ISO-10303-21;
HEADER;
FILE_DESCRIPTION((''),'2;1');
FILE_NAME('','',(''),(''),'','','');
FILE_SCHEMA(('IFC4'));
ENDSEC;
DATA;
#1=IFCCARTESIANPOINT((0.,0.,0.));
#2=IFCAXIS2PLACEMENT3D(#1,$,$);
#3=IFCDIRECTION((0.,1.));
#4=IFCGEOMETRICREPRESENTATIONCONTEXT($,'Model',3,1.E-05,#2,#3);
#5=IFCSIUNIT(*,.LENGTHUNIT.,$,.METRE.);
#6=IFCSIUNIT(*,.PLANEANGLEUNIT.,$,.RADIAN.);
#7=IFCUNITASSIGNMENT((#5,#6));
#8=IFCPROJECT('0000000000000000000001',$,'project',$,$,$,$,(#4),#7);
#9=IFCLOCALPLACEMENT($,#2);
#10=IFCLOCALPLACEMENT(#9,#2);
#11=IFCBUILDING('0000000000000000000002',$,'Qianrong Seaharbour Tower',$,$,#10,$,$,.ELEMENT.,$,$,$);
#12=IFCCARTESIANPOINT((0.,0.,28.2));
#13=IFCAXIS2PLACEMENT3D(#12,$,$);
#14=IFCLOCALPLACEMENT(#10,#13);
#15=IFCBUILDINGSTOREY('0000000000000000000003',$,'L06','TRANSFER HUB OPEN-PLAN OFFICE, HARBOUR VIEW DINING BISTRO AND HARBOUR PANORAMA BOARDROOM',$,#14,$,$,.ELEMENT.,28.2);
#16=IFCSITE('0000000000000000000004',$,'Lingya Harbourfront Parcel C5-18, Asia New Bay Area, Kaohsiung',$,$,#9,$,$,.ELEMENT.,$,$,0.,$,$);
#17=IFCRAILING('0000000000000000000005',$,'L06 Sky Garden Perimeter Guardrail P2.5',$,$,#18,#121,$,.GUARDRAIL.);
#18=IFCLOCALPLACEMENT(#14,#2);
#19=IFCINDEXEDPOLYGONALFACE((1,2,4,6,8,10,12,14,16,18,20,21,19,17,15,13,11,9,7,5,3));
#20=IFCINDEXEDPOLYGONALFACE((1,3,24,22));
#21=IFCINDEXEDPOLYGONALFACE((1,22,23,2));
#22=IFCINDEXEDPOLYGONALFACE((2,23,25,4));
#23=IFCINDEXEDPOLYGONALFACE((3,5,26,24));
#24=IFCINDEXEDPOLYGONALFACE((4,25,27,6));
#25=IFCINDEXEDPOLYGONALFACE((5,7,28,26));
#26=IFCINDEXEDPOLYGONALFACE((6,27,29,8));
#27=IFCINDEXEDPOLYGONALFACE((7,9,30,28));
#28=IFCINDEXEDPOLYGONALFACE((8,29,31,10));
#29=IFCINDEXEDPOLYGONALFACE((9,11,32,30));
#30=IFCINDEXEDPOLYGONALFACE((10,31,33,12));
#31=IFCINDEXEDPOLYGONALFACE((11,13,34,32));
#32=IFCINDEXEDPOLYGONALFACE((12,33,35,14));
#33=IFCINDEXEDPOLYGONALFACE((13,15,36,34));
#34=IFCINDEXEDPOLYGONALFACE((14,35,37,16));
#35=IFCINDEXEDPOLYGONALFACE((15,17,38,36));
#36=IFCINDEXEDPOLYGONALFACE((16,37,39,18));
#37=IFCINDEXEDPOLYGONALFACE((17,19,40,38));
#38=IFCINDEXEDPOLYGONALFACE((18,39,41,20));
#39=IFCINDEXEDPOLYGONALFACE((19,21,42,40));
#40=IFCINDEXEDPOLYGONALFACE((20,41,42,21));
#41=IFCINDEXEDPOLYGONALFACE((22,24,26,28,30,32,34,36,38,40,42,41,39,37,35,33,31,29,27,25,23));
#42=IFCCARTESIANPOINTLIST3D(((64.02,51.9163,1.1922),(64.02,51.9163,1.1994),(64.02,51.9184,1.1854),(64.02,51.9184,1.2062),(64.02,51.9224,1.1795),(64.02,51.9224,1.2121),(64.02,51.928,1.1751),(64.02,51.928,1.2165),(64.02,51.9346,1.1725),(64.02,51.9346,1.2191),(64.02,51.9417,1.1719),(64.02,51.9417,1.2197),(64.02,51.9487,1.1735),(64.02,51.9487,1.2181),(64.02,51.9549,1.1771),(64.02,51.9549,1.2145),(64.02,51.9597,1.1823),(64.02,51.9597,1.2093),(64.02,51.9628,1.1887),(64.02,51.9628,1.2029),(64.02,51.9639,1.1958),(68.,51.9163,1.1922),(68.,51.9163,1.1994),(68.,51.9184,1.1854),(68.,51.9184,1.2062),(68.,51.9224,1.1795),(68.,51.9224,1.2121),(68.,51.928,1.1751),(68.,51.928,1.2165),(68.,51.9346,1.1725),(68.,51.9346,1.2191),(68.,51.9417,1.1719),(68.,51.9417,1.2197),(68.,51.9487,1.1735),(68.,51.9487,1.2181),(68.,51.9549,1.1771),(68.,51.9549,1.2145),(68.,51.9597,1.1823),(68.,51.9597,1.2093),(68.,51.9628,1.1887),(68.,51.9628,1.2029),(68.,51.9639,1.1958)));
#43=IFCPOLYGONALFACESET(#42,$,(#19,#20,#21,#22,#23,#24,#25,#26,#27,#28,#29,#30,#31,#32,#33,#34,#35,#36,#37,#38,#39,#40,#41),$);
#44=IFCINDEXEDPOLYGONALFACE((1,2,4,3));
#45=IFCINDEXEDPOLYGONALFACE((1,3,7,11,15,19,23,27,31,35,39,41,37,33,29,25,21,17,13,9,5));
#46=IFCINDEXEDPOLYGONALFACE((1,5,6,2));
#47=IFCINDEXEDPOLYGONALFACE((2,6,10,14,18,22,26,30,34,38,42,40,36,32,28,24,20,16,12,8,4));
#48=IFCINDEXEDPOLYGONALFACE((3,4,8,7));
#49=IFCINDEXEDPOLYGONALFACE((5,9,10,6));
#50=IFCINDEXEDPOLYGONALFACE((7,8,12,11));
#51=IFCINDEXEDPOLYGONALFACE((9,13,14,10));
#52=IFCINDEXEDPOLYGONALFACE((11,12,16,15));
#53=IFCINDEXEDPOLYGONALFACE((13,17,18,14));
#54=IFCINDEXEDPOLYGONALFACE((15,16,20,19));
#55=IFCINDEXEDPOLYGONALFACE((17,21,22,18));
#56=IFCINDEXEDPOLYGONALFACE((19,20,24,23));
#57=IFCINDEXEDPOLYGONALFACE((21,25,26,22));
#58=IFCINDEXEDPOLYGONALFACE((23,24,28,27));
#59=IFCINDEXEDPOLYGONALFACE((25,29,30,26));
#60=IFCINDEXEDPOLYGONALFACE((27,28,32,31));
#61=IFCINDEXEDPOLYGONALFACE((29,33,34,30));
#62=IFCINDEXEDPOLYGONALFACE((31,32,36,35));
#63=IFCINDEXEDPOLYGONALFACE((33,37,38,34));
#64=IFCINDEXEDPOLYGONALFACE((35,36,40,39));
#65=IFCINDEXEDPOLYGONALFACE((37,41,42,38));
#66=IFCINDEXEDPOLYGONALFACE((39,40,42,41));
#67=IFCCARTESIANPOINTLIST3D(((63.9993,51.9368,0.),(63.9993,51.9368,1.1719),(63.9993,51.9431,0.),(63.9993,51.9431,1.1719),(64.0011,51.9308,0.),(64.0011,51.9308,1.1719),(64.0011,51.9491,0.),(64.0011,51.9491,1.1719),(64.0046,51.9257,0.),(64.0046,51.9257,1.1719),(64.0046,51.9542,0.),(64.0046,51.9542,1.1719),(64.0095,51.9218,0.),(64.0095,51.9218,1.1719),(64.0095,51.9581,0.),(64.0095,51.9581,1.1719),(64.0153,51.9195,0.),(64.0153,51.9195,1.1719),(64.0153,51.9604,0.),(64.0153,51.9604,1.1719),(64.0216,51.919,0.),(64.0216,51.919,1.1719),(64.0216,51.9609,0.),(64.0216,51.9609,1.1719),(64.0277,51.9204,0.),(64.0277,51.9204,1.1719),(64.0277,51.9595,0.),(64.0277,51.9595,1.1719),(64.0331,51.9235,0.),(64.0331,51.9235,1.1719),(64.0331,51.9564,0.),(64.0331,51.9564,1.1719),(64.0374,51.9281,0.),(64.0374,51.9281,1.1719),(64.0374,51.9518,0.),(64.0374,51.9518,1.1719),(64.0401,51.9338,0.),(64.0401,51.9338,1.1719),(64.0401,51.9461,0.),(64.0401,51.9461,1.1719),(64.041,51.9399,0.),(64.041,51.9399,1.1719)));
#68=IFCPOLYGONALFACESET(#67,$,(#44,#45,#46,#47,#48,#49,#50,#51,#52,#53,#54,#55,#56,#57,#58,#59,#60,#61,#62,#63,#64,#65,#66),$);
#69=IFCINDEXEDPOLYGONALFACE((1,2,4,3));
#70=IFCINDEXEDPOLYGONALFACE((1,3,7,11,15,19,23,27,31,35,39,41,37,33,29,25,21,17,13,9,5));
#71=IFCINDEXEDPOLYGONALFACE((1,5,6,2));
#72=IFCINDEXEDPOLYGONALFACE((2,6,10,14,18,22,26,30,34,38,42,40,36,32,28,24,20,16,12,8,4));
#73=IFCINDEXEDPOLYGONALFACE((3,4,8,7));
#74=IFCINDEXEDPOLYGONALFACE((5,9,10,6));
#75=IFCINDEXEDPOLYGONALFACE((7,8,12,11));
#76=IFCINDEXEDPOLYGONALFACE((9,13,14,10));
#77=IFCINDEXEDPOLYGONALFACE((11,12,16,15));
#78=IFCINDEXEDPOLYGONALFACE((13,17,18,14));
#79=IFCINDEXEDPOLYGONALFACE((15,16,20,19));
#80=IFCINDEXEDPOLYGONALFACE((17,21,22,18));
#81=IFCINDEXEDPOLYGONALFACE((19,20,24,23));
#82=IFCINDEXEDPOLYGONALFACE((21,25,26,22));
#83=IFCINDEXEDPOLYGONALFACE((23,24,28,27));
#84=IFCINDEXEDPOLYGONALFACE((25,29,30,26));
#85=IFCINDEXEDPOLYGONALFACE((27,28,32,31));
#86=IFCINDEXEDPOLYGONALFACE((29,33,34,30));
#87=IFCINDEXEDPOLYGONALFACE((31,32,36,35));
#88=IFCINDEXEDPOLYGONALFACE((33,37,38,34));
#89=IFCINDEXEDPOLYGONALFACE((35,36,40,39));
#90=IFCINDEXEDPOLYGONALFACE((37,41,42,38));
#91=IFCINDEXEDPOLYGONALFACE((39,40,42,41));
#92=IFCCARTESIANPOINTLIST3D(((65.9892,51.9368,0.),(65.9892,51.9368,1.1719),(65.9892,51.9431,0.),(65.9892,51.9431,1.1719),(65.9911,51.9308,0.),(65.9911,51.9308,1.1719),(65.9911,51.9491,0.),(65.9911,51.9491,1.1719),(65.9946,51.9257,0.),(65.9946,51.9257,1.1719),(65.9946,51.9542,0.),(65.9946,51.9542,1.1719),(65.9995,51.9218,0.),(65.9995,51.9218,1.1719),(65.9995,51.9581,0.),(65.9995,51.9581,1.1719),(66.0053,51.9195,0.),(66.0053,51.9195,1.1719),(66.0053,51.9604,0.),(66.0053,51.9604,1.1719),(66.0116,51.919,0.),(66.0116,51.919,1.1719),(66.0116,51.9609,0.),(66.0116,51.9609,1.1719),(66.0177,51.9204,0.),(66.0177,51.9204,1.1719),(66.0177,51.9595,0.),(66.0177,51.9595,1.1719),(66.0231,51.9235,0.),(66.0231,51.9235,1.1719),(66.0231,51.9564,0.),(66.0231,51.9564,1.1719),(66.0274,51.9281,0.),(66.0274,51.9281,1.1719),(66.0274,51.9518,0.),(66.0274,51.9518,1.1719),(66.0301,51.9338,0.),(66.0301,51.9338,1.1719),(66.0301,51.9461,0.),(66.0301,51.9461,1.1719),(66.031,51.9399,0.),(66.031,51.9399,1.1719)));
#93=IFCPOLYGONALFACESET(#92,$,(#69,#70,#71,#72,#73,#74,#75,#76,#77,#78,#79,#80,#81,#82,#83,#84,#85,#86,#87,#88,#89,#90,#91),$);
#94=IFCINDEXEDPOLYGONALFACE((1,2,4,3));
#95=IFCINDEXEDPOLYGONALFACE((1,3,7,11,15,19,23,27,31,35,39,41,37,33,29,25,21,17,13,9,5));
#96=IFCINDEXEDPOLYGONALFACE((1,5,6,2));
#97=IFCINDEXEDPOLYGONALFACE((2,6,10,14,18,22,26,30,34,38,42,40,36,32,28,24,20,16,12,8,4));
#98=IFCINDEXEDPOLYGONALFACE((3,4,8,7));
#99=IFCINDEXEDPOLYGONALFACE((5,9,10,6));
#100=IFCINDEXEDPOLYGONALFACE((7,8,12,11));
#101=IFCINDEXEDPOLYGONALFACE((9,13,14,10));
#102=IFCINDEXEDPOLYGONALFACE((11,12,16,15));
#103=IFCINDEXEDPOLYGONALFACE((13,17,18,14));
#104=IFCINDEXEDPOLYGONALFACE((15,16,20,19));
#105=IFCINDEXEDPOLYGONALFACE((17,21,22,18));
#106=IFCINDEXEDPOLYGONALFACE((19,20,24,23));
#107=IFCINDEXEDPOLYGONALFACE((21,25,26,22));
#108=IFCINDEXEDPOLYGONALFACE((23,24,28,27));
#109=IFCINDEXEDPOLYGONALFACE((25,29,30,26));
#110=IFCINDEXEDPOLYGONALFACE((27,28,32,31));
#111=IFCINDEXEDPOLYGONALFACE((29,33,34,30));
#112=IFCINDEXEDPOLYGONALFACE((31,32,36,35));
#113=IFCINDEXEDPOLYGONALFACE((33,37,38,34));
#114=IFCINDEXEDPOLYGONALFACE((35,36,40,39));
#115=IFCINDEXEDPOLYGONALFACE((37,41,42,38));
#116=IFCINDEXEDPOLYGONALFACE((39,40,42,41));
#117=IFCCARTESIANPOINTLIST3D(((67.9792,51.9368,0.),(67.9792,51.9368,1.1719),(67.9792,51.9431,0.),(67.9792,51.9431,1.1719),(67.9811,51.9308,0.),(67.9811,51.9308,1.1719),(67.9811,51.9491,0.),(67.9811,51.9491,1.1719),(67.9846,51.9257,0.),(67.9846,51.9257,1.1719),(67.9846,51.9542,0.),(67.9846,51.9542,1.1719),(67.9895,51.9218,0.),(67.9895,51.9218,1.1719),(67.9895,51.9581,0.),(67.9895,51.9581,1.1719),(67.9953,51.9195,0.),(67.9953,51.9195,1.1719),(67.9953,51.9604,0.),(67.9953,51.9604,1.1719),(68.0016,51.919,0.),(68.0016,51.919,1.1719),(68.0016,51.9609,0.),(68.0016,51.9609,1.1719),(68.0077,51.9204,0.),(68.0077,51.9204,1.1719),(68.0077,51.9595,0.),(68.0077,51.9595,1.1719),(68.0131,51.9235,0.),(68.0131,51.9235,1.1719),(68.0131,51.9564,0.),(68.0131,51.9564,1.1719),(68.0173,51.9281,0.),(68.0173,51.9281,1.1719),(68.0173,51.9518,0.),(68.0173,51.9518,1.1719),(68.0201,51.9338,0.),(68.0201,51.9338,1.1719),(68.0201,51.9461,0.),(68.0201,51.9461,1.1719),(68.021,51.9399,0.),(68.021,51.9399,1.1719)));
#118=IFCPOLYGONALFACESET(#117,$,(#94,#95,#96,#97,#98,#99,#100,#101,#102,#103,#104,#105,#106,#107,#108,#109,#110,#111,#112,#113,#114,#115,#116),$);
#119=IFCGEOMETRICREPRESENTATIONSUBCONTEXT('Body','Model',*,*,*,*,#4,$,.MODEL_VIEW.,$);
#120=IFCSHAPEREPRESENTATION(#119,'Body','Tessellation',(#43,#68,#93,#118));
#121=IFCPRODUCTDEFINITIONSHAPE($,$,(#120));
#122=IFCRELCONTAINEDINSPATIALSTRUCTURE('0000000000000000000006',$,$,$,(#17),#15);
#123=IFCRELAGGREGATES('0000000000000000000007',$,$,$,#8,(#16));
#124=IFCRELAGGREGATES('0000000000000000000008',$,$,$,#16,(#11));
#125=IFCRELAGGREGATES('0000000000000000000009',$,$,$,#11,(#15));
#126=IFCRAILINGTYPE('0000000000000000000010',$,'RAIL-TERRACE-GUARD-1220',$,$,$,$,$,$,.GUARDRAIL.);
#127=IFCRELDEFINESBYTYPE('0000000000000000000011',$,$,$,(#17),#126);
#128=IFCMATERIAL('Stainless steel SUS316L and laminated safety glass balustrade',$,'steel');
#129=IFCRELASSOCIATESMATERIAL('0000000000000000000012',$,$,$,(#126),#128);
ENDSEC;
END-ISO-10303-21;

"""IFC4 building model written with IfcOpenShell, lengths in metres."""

from ifc_helpers import new_model, si_unit, direction, frame, origin, origin_2d, place, context, subcontext, project, spatial, circle, extrude, material, type_object, element, save


model = new_model("IFC4")

# Units and contexts
model_context = context("Model", 3, precision=1e-05, world=origin(), true_north=direction((0.0, 1.0)))
body_context = subcontext(model_context, "Body", "Model", "MODEL_VIEW")
ifc_project = project(units=[si_unit("LENGTHUNIT", "METRE"), si_unit("PLANEANGLEUNIT", "RADIAN")], contexts=[model_context])

# Site, building, storey
site_placement = place(None, origin())
site = spatial("IfcSite", under=ifc_project, at=site_placement, Name="Lingya Harbourfront Parcel C5-18, Asia New Bay Area, Kaohsiung", CompositionType="ELEMENT", RefElevation=0.0)
building_placement = place(site_placement, origin())
building = spatial("IfcBuilding", under=site, at=building_placement, Name="Qianrong Seaharbour Tower", CompositionType="ELEMENT")
storey_placement = place(building_placement, frame((0.0, 0.0, 28.2)))
storey = spatial("IfcBuildingStorey", under=building, at=storey_placement, Name="L06", Description="TRANSFER HUB OPEN-PLAN OFFICE, HARBOUR VIEW DINING BISTRO AND HARBOUR PANORAMA BOARDROOM", CompositionType="ELEMENT", Elevation=28.2)

# Railing
ifc_material_1 = material(Name="Stainless steel SUS316L and laminated safety glass balustrade", Category="steel")
railing_type_1 = type_object("IfcRailingType", Name="RAIL-TERRACE-GUARD-1220", PredefinedType="GUARDRAIL", material=ifc_material_1)
railing_1_placement = place(storey_placement, frame((64.02, 51.9399, 0.0)))
element("IfcRailing", 1, at=railing_1_placement, inside=storey, type_object=railing_type_1, Name="L06 Sky Garden Perimeter Guardrail P2.5", PredefinedType="GUARDRAIL", context=body_context, shape_type="SweptSolid", body=[
    extrude(circle(Radius=0.0239, at=origin_2d()), frame((0.0, 0.0, 1.1958), z_axis=(1.0, 0.0, 0.0), x_axis=(0.0, 1.0, 0.0)), (0.0, 0.0, 1.0), 3.98),
    extrude(circle(Radius=0.021, at=origin_2d()), origin(), (0.0, 0.0, 1.0), 1.1719),
    extrude(circle(Radius=0.021, at=origin_2d()), frame((1.99, 0.0, 0.0)), (0.0, 0.0, 1.0), 1.1719),
    extrude(circle(Radius=0.021, at=origin_2d()), frame((3.98, 0.0, 0.0)), (0.0, 0.0, 1.0), 1.1719),
])

save(model, "model.ifc")
